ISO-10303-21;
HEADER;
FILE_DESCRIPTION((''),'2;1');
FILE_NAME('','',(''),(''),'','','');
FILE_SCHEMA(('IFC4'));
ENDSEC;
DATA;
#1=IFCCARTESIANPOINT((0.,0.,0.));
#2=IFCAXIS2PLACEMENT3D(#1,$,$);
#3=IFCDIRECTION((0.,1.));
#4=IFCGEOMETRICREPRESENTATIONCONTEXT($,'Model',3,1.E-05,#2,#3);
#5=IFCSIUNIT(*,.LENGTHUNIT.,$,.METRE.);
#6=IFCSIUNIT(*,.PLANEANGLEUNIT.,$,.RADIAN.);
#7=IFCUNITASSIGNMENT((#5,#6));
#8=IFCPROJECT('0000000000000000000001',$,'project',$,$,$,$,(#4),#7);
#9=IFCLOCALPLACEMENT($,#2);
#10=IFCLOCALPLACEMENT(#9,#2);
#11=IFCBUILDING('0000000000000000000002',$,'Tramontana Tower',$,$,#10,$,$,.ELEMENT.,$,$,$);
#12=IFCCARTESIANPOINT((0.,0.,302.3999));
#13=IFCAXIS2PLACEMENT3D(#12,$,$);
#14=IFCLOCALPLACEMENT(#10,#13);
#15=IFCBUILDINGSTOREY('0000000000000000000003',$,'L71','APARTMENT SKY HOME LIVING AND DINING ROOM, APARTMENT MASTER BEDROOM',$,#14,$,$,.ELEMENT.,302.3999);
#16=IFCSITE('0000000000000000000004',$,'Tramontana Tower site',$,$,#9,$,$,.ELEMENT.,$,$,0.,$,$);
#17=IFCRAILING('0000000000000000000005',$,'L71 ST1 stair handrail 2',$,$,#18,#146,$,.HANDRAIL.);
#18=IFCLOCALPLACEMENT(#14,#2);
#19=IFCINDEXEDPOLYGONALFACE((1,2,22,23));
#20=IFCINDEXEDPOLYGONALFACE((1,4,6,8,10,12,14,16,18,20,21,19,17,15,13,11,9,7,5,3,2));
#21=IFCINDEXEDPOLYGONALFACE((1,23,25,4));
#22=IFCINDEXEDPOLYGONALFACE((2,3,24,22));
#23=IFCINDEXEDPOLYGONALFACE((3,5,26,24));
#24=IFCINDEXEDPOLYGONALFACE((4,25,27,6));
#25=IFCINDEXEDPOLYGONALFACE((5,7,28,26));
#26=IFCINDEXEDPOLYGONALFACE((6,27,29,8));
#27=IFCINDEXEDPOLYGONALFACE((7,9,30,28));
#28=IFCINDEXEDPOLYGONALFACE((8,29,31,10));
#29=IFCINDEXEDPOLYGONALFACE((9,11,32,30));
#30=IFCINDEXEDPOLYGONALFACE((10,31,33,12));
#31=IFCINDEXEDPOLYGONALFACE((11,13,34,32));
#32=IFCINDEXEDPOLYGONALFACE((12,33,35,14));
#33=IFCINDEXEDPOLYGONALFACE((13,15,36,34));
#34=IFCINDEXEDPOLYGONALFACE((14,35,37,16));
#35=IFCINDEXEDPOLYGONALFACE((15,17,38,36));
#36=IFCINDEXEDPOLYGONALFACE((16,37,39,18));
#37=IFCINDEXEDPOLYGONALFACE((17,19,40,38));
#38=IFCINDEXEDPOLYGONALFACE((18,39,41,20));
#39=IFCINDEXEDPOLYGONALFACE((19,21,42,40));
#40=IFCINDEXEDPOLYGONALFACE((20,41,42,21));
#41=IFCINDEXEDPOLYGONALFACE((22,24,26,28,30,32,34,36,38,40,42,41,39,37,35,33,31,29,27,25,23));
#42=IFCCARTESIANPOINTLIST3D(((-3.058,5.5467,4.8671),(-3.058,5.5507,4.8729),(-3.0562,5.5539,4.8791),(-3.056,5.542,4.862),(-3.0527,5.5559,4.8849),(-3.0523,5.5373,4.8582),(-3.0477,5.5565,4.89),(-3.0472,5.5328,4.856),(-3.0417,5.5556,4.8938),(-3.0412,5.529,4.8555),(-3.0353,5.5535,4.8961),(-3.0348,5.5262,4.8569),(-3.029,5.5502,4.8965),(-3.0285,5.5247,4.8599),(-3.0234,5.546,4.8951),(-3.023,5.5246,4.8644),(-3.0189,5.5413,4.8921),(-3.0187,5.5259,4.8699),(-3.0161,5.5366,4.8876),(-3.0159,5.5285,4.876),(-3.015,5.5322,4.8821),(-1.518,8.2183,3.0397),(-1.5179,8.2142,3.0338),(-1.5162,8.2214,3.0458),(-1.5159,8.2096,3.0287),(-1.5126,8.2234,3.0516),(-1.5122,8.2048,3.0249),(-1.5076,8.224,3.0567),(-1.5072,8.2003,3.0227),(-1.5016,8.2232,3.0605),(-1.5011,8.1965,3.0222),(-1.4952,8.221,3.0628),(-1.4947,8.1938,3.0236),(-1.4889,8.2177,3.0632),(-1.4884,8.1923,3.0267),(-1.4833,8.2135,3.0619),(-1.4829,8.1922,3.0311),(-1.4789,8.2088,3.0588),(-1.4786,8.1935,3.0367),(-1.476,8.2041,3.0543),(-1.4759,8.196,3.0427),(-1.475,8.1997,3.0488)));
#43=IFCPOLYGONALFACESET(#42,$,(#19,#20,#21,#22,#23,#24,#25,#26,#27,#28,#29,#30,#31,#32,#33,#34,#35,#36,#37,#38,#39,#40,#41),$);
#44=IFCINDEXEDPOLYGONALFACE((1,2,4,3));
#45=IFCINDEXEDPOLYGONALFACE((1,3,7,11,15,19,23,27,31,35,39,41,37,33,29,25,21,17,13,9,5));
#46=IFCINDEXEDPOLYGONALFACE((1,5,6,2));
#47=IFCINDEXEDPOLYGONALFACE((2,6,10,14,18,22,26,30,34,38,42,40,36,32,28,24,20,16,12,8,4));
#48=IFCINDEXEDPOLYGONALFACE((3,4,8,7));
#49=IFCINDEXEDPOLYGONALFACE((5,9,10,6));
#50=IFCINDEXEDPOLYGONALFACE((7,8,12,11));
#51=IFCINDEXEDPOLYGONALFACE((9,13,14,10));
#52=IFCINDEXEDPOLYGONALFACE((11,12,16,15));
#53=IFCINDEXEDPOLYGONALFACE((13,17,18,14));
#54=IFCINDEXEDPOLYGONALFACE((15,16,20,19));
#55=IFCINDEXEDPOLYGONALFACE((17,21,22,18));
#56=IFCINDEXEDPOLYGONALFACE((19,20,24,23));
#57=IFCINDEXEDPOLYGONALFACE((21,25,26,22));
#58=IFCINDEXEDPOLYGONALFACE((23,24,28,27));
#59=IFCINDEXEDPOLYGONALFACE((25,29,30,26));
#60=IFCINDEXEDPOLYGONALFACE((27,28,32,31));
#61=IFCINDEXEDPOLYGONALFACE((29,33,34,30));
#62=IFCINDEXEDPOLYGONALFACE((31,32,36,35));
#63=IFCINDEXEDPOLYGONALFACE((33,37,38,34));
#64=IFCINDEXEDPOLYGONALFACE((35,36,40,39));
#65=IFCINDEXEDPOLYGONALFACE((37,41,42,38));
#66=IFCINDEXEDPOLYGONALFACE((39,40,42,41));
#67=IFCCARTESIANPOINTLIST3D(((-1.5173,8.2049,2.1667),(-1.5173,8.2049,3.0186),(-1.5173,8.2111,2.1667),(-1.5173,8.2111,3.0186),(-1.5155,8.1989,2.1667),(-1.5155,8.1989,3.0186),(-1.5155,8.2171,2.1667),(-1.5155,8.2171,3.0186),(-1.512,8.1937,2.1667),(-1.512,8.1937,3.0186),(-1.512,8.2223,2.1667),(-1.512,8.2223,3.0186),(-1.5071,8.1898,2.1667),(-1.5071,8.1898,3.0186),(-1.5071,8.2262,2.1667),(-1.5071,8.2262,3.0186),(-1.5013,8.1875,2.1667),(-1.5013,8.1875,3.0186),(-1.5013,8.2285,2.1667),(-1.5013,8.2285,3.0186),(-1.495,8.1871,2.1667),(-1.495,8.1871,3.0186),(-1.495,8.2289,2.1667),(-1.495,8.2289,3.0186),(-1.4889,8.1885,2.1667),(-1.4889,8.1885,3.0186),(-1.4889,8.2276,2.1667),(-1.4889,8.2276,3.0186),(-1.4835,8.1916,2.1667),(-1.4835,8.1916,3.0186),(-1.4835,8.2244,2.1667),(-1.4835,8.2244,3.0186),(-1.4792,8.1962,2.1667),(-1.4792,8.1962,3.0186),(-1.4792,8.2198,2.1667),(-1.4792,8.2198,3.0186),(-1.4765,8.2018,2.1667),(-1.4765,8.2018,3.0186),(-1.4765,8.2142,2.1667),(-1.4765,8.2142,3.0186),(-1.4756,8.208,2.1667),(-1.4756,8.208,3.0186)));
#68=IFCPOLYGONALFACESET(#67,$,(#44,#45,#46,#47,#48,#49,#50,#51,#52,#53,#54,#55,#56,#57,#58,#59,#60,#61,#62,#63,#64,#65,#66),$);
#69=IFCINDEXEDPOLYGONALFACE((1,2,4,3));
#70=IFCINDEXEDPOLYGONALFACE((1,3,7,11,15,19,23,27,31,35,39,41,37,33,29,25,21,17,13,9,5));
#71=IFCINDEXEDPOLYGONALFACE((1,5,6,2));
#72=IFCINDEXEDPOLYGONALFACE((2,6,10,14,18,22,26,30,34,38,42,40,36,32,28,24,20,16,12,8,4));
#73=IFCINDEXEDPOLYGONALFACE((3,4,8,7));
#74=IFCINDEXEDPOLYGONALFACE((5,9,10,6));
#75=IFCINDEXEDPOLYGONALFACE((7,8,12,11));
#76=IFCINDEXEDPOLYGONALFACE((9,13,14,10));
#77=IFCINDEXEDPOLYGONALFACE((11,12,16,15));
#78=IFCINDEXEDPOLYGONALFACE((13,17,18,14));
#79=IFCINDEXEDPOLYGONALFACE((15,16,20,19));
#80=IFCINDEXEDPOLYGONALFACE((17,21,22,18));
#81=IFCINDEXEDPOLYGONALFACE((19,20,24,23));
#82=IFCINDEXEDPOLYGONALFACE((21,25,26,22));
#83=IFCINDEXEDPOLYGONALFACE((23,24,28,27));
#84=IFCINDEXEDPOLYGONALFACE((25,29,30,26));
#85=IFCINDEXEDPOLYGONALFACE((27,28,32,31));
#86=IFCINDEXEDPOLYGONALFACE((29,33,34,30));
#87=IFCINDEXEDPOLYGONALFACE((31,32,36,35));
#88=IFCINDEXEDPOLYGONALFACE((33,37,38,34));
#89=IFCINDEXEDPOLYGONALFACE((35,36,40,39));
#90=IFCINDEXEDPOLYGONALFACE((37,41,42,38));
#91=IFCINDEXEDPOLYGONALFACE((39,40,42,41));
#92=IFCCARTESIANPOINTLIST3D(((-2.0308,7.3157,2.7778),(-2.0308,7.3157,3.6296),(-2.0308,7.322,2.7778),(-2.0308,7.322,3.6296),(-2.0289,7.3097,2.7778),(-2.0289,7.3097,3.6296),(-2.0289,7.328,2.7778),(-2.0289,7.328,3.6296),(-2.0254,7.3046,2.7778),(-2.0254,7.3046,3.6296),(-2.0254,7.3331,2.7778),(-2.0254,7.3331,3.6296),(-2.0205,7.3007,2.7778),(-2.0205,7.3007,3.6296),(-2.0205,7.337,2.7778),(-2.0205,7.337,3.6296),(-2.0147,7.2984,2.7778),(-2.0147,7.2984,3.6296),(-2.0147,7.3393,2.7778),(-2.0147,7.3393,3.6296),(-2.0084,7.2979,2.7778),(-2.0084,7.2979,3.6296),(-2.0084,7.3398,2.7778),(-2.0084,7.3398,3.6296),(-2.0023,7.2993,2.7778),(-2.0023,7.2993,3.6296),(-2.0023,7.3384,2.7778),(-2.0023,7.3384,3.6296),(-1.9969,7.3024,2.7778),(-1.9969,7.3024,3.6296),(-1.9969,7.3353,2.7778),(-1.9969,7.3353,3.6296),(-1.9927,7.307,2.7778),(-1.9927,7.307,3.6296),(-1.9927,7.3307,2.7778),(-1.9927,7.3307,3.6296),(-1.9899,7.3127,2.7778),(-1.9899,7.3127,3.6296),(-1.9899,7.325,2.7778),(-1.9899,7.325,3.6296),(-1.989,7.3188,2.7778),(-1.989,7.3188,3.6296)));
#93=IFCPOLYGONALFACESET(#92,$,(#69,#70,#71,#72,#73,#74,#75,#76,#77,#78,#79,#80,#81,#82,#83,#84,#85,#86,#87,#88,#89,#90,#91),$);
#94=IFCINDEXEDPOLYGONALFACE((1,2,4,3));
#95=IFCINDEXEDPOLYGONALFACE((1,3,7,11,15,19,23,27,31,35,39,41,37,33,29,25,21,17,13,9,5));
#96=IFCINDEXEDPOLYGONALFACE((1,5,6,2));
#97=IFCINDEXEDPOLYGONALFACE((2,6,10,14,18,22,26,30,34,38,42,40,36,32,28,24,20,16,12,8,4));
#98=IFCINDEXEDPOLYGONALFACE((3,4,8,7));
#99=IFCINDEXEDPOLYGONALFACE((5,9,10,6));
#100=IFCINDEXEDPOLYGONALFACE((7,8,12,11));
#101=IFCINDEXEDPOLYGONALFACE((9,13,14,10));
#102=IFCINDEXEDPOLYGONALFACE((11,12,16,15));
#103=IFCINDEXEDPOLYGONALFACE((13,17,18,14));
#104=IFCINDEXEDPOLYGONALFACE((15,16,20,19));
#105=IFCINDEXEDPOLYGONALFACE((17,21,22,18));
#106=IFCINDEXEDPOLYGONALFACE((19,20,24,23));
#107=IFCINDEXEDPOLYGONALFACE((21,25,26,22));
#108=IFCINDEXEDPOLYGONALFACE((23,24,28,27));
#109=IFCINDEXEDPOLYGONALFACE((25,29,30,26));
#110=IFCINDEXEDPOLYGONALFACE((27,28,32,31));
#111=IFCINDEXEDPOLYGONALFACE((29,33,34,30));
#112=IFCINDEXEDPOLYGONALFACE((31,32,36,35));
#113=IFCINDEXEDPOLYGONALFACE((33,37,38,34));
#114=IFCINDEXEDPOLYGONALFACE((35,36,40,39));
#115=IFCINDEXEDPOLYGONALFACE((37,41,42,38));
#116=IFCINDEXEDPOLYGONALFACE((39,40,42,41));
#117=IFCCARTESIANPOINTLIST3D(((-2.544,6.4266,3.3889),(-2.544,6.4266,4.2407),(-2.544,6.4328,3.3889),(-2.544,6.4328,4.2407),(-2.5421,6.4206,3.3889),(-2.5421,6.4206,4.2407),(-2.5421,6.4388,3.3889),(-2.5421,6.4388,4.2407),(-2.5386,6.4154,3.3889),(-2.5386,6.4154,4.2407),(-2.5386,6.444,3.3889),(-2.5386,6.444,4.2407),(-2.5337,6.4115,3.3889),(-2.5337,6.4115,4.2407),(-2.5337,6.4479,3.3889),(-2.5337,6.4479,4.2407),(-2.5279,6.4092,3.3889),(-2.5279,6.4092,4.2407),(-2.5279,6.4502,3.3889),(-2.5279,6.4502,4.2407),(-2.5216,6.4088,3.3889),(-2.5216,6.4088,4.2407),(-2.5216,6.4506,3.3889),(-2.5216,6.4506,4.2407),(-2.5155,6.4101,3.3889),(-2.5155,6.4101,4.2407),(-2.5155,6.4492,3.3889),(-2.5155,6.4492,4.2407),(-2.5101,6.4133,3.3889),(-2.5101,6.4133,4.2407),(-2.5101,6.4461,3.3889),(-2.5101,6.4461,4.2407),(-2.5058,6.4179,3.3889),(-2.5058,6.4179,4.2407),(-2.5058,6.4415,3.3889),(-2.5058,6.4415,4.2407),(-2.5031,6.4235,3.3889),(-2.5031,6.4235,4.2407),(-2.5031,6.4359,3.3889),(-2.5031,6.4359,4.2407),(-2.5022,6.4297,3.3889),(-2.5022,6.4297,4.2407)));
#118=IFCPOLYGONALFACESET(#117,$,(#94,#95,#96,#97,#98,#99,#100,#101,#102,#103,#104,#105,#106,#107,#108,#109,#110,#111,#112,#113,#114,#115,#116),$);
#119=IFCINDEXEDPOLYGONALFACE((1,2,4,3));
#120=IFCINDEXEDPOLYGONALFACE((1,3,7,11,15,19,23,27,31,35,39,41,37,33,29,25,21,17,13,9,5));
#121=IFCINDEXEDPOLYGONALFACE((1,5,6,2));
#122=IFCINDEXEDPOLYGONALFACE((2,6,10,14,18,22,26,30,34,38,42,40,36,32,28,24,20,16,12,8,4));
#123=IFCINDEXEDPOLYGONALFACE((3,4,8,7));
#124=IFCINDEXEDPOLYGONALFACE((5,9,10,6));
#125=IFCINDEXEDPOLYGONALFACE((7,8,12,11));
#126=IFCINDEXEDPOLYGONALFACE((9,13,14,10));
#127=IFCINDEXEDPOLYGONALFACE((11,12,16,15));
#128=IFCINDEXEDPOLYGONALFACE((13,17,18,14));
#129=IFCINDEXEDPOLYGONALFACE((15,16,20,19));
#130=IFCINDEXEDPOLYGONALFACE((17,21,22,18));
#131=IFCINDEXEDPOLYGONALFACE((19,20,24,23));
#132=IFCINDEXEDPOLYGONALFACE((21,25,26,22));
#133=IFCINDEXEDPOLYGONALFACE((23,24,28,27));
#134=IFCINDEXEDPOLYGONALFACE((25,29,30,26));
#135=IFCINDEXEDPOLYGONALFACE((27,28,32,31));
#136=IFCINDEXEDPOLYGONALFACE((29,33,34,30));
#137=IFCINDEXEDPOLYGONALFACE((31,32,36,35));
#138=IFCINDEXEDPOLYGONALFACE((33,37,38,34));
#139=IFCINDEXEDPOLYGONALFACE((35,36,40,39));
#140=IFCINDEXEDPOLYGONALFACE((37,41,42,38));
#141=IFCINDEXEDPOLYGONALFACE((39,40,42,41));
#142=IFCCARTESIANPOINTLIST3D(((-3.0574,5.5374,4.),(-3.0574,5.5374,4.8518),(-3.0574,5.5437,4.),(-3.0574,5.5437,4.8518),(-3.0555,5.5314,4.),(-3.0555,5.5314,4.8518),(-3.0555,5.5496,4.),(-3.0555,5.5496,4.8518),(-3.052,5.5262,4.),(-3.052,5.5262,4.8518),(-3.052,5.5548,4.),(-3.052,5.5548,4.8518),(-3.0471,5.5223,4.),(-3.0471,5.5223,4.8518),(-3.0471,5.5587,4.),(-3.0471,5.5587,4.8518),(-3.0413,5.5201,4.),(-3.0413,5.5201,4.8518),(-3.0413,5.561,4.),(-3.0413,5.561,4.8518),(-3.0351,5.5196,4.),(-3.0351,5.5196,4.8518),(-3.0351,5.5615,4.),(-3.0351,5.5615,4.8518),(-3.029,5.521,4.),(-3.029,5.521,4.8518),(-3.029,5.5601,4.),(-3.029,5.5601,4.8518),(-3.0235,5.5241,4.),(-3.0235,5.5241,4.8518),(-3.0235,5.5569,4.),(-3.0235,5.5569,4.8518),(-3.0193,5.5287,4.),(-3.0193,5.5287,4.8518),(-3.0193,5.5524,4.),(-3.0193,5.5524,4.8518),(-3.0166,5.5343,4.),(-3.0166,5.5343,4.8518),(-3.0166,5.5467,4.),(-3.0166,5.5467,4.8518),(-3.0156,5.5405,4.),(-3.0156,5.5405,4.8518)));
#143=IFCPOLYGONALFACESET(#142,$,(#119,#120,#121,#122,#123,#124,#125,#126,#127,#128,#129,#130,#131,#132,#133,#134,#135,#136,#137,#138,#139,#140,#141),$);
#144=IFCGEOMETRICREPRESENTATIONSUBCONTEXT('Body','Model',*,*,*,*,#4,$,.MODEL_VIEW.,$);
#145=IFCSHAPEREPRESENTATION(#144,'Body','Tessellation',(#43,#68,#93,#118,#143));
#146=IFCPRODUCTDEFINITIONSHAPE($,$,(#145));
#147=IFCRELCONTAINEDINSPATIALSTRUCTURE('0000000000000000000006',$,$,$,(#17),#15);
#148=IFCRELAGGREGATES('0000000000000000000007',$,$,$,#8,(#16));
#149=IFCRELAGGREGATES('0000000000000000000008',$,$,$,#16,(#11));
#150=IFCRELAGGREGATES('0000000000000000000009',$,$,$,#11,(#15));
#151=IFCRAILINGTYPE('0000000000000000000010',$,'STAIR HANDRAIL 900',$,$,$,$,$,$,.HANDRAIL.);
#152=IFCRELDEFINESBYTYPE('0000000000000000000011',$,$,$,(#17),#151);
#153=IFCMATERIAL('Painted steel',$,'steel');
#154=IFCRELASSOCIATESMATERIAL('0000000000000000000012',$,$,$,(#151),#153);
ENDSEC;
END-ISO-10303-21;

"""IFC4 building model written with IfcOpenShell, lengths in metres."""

from ifc_helpers import new_model, si_unit, direction, frame, origin, origin_2d, place, context, subcontext, project, spatial, circle, extrude, material, type_object, element, save


model = new_model("IFC4")

# Units and contexts
model_context = context("Model", 3, precision=1e-05, world=origin(), true_north=direction((0.0, 1.0)))
body_context = subcontext(model_context, "Body", "Model", "MODEL_VIEW")
ifc_project = project(units=[si_unit("LENGTHUNIT", "METRE"), si_unit("PLANEANGLEUNIT", "RADIAN")], contexts=[model_context])

# Site, building, storey
site_placement = place(None, origin())
site = spatial("IfcSite", under=ifc_project, at=site_placement, Name="Tramontana Tower site", CompositionType="ELEMENT", RefElevation=0.0)
building_placement = place(site_placement, origin())
building = spatial("IfcBuilding", under=site, at=building_placement, Name="Tramontana Tower", CompositionType="ELEMENT")
storey_placement = place(building_placement, frame((0.0, 0.0, 302.3999)))
storey = spatial("IfcBuildingStorey", under=building, at=storey_placement, Name="L71", Description="APARTMENT SKY HOME LIVING AND DINING ROOM, APARTMENT MASTER BEDROOM", CompositionType="ELEMENT", Elevation=302.3999)

# Railing
ifc_material_1 = material(Name="Painted steel", Category="steel")
railing_type_1 = type_object("IfcRailingType", Name="STAIR HANDRAIL 900", PredefinedType="HANDRAIL", material=ifc_material_1)
railing_1_placement = place(storey_placement, frame((-1.4966, 8.208, 2.1667)))
element("IfcRailing", 1, at=railing_1_placement, inside=storey, type_object=railing_type_1, Name="L71 ST1 stair handrail 2", PredefinedType="HANDRAIL", context=body_context, shape_type="SweptSolid", body=[
    extrude(circle(Radius=0.0239, at=origin_2d()), frame((0.0, 0.0, 0.876), z_axis=(-0.429649, -0.74419, 0.511452), x_axis=(0.86603, -0.499992, 0.0)), (0.0, 0.0, 1.0), 3.5845),
    extrude(circle(Radius=0.021, at=origin_2d()), origin(), (0.0, 0.0, 1.0), 0.8518),
    extrude(circle(Radius=0.021, at=origin_2d()), frame((-0.5134, -0.8892, 0.6111)), (0.0, 0.0, 1.0), 0.8518),
    extrude(circle(Radius=0.021, at=origin_2d()), frame((-1.0266, -1.7783, 1.2222)), (0.0, 0.0, 1.0), 0.8518),
    extrude(circle(Radius=0.021, at=origin_2d()), frame((-1.54, -2.6675, 1.8333)), (0.0, 0.0, 1.0), 0.8518),
])

save(model, "model.ifc")
